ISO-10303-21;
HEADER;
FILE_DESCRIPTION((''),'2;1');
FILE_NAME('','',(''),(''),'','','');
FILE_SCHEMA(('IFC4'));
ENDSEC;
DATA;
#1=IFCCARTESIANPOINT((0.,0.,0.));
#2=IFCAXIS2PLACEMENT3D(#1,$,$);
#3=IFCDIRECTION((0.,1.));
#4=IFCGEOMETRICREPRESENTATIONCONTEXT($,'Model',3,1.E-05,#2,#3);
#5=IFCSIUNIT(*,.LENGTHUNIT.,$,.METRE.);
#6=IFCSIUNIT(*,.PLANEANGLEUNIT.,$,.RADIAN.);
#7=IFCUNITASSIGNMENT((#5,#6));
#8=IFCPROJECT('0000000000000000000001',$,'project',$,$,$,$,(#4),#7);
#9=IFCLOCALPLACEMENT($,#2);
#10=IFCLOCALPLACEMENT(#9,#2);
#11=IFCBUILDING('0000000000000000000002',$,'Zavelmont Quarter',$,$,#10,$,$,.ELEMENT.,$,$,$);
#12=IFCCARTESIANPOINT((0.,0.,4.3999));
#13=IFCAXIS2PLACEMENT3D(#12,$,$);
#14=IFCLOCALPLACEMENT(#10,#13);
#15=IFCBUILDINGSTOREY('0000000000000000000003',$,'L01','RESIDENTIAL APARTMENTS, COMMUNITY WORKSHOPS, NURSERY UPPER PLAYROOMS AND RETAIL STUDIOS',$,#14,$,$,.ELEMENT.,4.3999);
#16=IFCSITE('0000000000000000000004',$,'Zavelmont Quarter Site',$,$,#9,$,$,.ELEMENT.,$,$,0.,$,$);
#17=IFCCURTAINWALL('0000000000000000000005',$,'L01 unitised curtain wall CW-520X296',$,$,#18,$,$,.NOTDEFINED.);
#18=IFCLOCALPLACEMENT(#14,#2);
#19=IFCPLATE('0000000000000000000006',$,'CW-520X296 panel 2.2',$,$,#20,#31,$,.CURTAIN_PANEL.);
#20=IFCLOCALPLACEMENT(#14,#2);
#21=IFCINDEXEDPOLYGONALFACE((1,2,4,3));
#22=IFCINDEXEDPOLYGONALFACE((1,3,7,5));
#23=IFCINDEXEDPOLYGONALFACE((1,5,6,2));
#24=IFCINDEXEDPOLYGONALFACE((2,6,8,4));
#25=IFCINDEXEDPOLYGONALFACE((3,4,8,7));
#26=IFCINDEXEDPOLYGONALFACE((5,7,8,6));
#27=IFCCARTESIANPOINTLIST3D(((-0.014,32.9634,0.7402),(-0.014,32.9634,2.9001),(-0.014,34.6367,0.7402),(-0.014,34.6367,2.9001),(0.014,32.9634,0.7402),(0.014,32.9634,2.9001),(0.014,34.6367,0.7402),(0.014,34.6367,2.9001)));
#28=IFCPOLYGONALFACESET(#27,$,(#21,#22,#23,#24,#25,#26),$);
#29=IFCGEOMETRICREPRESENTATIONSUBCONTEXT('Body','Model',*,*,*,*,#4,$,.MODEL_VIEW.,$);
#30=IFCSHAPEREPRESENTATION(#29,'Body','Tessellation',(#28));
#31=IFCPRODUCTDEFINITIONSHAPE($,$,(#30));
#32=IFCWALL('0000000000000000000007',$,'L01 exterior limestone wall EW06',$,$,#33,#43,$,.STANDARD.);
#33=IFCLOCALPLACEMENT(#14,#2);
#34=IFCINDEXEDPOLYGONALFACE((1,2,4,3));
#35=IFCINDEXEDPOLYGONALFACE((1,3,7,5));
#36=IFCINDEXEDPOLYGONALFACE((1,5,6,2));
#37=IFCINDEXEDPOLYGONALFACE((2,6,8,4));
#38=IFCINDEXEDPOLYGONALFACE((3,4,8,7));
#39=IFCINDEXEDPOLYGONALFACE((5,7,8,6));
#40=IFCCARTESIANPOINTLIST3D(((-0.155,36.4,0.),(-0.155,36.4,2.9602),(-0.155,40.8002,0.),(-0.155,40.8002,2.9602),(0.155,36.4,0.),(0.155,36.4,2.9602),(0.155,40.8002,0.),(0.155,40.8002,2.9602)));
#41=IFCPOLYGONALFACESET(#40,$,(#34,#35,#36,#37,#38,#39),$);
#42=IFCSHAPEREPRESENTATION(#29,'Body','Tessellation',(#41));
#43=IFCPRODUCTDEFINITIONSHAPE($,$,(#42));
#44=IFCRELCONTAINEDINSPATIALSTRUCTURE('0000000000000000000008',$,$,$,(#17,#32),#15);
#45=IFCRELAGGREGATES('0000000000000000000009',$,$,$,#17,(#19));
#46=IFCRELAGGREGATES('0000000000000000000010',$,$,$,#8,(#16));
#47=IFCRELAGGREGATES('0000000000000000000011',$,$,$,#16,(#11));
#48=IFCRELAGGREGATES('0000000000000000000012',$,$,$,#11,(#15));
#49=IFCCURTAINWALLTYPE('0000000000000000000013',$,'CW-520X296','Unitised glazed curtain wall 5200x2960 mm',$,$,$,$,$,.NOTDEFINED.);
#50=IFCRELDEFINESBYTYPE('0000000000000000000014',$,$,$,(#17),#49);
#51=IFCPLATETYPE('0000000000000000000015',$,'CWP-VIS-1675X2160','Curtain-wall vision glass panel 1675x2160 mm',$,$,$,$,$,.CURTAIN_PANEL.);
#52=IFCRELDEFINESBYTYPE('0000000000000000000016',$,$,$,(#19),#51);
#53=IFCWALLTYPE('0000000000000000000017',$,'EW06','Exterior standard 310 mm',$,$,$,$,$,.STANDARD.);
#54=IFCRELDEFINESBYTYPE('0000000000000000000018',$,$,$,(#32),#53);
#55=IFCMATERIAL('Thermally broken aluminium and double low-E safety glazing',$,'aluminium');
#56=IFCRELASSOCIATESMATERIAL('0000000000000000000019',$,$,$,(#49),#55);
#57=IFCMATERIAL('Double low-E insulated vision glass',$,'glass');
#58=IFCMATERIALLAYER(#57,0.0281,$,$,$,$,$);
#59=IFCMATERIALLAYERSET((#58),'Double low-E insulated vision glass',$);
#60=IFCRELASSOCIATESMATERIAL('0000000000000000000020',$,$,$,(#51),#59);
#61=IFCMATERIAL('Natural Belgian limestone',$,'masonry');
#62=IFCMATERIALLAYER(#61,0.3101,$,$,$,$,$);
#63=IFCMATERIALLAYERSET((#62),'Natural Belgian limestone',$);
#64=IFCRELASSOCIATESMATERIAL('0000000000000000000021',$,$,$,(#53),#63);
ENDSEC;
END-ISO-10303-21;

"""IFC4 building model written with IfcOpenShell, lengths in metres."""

from ifc_helpers import new_model, si_unit, direction, frame, frame_2d, origin, origin_2d, place, context, subcontext, project, spatial, rectangle, extrude, material, layer, layer_set, type_object, element, aggregate, save


model = new_model("IFC4")

# Units and contexts
model_context = context("Model", 3, precision=1e-05, world=origin(), true_north=direction((0.0, 1.0)))
body_context = subcontext(model_context, "Body", "Model", "MODEL_VIEW")
ifc_project = project(units=[si_unit("LENGTHUNIT", "METRE"), si_unit("PLANEANGLEUNIT", "RADIAN")], contexts=[model_context])

# Site, building, storey
site_placement = place(None, origin())
site = spatial("IfcSite", under=ifc_project, at=site_placement, Name="Zavelmont Quarter Site", CompositionType="ELEMENT", RefElevation=0.0)
building_placement = place(site_placement, origin())
building = spatial("IfcBuilding", under=site, at=building_placement, Name="Zavelmont Quarter", CompositionType="ELEMENT")
storey_placement = place(building_placement, frame((0.0, 0.0, 4.3999)))
storey = spatial("IfcBuildingStorey", under=building, at=storey_placement, Name="L01", Description="RESIDENTIAL APARTMENTS, COMMUNITY WORKSHOPS, NURSERY UPPER PLAYROOMS AND RETAIL STUDIOS", CompositionType="ELEMENT", Elevation=4.3999)

# Curtain wall
ifc_material_1 = material(Name="Thermally broken aluminium and double low-E safety glazing", Category="aluminium")
curtain_wall_type_1 = type_object("IfcCurtainWallType", Name="CW-520X296", Description="Unitised glazed curtain wall 5200x2960 mm", PredefinedType="NOTDEFINED", material=ifc_material_1)
curtain_wall_1_placement = place(storey_placement, origin())
curtain_wall_1 = element("IfcCurtainWall", 1, at=curtain_wall_1_placement, inside=storey, type_object=curtain_wall_type_1, Name="L01 unitised curtain wall CW-520X296", PredefinedType="NOTDEFINED")

# Plate
ifc_material_2 = material(Name="Double low-E insulated vision glass", Category="glass")
ifc_layer_1 = layer(ifc_material_2, 0.0281)
ifc_layer_set_1 = layer_set([ifc_layer_1], Name="Double low-E insulated vision glass")
plate_type_1 = type_object("IfcPlateType", Name="CWP-VIS-1675X2160", Description="Curtain-wall vision glass panel 1675x2160 mm", PredefinedType="CURTAIN_PANEL", material=ifc_layer_set_1)
plate_1_placement = place(storey_placement, frame((0.0, 33.8, 0.7402), z_axis=(0.0, 0.0, 1.0), x_axis=(0.0, 1.0, 0.0)))
plate_1 = element("IfcPlate", 2, at=plate_1_placement, type_object=plate_type_1, Name="CW-520X296 panel 2.2", PredefinedType="CURTAIN_PANEL", context=body_context, shape_type="SweptSolid", body=[
    extrude(rectangle(XDim=1.6733, YDim=0.0281, at=origin_2d()), origin(), (0.0, 0.0, 1.0), 2.1599),
])
aggregate(curtain_wall_1, [plate_1])

# Wall
ifc_material_3 = material(Name="Natural Belgian limestone", Category="masonry")
ifc_layer_2 = layer(ifc_material_3, 0.3101)
ifc_layer_set_2 = layer_set([ifc_layer_2], Name="Natural Belgian limestone")
wall_type = type_object("IfcWallType", Name="EW06", Description="Exterior standard 310 mm", PredefinedType="STANDARD", material=ifc_layer_set_2)
wall_placement = place(storey_placement, frame((0.0, 36.3999, 0.0), z_axis=(0.0, 0.0, 1.0), x_axis=(0.0, 1.0, 0.0)))
element("IfcWall", 3, at=wall_placement, inside=storey, type_object=wall_type, Name="L01 exterior limestone wall EW06", PredefinedType="STANDARD", context=body_context, shape_type="SweptSolid", body=[
    extrude(rectangle(XDim=4.4001, YDim=0.3101, at=frame_2d((2.2002, 0.0))), origin(), (0.0, 0.0, 1.0), 2.9602),
])

save(model, "model.ifc")
